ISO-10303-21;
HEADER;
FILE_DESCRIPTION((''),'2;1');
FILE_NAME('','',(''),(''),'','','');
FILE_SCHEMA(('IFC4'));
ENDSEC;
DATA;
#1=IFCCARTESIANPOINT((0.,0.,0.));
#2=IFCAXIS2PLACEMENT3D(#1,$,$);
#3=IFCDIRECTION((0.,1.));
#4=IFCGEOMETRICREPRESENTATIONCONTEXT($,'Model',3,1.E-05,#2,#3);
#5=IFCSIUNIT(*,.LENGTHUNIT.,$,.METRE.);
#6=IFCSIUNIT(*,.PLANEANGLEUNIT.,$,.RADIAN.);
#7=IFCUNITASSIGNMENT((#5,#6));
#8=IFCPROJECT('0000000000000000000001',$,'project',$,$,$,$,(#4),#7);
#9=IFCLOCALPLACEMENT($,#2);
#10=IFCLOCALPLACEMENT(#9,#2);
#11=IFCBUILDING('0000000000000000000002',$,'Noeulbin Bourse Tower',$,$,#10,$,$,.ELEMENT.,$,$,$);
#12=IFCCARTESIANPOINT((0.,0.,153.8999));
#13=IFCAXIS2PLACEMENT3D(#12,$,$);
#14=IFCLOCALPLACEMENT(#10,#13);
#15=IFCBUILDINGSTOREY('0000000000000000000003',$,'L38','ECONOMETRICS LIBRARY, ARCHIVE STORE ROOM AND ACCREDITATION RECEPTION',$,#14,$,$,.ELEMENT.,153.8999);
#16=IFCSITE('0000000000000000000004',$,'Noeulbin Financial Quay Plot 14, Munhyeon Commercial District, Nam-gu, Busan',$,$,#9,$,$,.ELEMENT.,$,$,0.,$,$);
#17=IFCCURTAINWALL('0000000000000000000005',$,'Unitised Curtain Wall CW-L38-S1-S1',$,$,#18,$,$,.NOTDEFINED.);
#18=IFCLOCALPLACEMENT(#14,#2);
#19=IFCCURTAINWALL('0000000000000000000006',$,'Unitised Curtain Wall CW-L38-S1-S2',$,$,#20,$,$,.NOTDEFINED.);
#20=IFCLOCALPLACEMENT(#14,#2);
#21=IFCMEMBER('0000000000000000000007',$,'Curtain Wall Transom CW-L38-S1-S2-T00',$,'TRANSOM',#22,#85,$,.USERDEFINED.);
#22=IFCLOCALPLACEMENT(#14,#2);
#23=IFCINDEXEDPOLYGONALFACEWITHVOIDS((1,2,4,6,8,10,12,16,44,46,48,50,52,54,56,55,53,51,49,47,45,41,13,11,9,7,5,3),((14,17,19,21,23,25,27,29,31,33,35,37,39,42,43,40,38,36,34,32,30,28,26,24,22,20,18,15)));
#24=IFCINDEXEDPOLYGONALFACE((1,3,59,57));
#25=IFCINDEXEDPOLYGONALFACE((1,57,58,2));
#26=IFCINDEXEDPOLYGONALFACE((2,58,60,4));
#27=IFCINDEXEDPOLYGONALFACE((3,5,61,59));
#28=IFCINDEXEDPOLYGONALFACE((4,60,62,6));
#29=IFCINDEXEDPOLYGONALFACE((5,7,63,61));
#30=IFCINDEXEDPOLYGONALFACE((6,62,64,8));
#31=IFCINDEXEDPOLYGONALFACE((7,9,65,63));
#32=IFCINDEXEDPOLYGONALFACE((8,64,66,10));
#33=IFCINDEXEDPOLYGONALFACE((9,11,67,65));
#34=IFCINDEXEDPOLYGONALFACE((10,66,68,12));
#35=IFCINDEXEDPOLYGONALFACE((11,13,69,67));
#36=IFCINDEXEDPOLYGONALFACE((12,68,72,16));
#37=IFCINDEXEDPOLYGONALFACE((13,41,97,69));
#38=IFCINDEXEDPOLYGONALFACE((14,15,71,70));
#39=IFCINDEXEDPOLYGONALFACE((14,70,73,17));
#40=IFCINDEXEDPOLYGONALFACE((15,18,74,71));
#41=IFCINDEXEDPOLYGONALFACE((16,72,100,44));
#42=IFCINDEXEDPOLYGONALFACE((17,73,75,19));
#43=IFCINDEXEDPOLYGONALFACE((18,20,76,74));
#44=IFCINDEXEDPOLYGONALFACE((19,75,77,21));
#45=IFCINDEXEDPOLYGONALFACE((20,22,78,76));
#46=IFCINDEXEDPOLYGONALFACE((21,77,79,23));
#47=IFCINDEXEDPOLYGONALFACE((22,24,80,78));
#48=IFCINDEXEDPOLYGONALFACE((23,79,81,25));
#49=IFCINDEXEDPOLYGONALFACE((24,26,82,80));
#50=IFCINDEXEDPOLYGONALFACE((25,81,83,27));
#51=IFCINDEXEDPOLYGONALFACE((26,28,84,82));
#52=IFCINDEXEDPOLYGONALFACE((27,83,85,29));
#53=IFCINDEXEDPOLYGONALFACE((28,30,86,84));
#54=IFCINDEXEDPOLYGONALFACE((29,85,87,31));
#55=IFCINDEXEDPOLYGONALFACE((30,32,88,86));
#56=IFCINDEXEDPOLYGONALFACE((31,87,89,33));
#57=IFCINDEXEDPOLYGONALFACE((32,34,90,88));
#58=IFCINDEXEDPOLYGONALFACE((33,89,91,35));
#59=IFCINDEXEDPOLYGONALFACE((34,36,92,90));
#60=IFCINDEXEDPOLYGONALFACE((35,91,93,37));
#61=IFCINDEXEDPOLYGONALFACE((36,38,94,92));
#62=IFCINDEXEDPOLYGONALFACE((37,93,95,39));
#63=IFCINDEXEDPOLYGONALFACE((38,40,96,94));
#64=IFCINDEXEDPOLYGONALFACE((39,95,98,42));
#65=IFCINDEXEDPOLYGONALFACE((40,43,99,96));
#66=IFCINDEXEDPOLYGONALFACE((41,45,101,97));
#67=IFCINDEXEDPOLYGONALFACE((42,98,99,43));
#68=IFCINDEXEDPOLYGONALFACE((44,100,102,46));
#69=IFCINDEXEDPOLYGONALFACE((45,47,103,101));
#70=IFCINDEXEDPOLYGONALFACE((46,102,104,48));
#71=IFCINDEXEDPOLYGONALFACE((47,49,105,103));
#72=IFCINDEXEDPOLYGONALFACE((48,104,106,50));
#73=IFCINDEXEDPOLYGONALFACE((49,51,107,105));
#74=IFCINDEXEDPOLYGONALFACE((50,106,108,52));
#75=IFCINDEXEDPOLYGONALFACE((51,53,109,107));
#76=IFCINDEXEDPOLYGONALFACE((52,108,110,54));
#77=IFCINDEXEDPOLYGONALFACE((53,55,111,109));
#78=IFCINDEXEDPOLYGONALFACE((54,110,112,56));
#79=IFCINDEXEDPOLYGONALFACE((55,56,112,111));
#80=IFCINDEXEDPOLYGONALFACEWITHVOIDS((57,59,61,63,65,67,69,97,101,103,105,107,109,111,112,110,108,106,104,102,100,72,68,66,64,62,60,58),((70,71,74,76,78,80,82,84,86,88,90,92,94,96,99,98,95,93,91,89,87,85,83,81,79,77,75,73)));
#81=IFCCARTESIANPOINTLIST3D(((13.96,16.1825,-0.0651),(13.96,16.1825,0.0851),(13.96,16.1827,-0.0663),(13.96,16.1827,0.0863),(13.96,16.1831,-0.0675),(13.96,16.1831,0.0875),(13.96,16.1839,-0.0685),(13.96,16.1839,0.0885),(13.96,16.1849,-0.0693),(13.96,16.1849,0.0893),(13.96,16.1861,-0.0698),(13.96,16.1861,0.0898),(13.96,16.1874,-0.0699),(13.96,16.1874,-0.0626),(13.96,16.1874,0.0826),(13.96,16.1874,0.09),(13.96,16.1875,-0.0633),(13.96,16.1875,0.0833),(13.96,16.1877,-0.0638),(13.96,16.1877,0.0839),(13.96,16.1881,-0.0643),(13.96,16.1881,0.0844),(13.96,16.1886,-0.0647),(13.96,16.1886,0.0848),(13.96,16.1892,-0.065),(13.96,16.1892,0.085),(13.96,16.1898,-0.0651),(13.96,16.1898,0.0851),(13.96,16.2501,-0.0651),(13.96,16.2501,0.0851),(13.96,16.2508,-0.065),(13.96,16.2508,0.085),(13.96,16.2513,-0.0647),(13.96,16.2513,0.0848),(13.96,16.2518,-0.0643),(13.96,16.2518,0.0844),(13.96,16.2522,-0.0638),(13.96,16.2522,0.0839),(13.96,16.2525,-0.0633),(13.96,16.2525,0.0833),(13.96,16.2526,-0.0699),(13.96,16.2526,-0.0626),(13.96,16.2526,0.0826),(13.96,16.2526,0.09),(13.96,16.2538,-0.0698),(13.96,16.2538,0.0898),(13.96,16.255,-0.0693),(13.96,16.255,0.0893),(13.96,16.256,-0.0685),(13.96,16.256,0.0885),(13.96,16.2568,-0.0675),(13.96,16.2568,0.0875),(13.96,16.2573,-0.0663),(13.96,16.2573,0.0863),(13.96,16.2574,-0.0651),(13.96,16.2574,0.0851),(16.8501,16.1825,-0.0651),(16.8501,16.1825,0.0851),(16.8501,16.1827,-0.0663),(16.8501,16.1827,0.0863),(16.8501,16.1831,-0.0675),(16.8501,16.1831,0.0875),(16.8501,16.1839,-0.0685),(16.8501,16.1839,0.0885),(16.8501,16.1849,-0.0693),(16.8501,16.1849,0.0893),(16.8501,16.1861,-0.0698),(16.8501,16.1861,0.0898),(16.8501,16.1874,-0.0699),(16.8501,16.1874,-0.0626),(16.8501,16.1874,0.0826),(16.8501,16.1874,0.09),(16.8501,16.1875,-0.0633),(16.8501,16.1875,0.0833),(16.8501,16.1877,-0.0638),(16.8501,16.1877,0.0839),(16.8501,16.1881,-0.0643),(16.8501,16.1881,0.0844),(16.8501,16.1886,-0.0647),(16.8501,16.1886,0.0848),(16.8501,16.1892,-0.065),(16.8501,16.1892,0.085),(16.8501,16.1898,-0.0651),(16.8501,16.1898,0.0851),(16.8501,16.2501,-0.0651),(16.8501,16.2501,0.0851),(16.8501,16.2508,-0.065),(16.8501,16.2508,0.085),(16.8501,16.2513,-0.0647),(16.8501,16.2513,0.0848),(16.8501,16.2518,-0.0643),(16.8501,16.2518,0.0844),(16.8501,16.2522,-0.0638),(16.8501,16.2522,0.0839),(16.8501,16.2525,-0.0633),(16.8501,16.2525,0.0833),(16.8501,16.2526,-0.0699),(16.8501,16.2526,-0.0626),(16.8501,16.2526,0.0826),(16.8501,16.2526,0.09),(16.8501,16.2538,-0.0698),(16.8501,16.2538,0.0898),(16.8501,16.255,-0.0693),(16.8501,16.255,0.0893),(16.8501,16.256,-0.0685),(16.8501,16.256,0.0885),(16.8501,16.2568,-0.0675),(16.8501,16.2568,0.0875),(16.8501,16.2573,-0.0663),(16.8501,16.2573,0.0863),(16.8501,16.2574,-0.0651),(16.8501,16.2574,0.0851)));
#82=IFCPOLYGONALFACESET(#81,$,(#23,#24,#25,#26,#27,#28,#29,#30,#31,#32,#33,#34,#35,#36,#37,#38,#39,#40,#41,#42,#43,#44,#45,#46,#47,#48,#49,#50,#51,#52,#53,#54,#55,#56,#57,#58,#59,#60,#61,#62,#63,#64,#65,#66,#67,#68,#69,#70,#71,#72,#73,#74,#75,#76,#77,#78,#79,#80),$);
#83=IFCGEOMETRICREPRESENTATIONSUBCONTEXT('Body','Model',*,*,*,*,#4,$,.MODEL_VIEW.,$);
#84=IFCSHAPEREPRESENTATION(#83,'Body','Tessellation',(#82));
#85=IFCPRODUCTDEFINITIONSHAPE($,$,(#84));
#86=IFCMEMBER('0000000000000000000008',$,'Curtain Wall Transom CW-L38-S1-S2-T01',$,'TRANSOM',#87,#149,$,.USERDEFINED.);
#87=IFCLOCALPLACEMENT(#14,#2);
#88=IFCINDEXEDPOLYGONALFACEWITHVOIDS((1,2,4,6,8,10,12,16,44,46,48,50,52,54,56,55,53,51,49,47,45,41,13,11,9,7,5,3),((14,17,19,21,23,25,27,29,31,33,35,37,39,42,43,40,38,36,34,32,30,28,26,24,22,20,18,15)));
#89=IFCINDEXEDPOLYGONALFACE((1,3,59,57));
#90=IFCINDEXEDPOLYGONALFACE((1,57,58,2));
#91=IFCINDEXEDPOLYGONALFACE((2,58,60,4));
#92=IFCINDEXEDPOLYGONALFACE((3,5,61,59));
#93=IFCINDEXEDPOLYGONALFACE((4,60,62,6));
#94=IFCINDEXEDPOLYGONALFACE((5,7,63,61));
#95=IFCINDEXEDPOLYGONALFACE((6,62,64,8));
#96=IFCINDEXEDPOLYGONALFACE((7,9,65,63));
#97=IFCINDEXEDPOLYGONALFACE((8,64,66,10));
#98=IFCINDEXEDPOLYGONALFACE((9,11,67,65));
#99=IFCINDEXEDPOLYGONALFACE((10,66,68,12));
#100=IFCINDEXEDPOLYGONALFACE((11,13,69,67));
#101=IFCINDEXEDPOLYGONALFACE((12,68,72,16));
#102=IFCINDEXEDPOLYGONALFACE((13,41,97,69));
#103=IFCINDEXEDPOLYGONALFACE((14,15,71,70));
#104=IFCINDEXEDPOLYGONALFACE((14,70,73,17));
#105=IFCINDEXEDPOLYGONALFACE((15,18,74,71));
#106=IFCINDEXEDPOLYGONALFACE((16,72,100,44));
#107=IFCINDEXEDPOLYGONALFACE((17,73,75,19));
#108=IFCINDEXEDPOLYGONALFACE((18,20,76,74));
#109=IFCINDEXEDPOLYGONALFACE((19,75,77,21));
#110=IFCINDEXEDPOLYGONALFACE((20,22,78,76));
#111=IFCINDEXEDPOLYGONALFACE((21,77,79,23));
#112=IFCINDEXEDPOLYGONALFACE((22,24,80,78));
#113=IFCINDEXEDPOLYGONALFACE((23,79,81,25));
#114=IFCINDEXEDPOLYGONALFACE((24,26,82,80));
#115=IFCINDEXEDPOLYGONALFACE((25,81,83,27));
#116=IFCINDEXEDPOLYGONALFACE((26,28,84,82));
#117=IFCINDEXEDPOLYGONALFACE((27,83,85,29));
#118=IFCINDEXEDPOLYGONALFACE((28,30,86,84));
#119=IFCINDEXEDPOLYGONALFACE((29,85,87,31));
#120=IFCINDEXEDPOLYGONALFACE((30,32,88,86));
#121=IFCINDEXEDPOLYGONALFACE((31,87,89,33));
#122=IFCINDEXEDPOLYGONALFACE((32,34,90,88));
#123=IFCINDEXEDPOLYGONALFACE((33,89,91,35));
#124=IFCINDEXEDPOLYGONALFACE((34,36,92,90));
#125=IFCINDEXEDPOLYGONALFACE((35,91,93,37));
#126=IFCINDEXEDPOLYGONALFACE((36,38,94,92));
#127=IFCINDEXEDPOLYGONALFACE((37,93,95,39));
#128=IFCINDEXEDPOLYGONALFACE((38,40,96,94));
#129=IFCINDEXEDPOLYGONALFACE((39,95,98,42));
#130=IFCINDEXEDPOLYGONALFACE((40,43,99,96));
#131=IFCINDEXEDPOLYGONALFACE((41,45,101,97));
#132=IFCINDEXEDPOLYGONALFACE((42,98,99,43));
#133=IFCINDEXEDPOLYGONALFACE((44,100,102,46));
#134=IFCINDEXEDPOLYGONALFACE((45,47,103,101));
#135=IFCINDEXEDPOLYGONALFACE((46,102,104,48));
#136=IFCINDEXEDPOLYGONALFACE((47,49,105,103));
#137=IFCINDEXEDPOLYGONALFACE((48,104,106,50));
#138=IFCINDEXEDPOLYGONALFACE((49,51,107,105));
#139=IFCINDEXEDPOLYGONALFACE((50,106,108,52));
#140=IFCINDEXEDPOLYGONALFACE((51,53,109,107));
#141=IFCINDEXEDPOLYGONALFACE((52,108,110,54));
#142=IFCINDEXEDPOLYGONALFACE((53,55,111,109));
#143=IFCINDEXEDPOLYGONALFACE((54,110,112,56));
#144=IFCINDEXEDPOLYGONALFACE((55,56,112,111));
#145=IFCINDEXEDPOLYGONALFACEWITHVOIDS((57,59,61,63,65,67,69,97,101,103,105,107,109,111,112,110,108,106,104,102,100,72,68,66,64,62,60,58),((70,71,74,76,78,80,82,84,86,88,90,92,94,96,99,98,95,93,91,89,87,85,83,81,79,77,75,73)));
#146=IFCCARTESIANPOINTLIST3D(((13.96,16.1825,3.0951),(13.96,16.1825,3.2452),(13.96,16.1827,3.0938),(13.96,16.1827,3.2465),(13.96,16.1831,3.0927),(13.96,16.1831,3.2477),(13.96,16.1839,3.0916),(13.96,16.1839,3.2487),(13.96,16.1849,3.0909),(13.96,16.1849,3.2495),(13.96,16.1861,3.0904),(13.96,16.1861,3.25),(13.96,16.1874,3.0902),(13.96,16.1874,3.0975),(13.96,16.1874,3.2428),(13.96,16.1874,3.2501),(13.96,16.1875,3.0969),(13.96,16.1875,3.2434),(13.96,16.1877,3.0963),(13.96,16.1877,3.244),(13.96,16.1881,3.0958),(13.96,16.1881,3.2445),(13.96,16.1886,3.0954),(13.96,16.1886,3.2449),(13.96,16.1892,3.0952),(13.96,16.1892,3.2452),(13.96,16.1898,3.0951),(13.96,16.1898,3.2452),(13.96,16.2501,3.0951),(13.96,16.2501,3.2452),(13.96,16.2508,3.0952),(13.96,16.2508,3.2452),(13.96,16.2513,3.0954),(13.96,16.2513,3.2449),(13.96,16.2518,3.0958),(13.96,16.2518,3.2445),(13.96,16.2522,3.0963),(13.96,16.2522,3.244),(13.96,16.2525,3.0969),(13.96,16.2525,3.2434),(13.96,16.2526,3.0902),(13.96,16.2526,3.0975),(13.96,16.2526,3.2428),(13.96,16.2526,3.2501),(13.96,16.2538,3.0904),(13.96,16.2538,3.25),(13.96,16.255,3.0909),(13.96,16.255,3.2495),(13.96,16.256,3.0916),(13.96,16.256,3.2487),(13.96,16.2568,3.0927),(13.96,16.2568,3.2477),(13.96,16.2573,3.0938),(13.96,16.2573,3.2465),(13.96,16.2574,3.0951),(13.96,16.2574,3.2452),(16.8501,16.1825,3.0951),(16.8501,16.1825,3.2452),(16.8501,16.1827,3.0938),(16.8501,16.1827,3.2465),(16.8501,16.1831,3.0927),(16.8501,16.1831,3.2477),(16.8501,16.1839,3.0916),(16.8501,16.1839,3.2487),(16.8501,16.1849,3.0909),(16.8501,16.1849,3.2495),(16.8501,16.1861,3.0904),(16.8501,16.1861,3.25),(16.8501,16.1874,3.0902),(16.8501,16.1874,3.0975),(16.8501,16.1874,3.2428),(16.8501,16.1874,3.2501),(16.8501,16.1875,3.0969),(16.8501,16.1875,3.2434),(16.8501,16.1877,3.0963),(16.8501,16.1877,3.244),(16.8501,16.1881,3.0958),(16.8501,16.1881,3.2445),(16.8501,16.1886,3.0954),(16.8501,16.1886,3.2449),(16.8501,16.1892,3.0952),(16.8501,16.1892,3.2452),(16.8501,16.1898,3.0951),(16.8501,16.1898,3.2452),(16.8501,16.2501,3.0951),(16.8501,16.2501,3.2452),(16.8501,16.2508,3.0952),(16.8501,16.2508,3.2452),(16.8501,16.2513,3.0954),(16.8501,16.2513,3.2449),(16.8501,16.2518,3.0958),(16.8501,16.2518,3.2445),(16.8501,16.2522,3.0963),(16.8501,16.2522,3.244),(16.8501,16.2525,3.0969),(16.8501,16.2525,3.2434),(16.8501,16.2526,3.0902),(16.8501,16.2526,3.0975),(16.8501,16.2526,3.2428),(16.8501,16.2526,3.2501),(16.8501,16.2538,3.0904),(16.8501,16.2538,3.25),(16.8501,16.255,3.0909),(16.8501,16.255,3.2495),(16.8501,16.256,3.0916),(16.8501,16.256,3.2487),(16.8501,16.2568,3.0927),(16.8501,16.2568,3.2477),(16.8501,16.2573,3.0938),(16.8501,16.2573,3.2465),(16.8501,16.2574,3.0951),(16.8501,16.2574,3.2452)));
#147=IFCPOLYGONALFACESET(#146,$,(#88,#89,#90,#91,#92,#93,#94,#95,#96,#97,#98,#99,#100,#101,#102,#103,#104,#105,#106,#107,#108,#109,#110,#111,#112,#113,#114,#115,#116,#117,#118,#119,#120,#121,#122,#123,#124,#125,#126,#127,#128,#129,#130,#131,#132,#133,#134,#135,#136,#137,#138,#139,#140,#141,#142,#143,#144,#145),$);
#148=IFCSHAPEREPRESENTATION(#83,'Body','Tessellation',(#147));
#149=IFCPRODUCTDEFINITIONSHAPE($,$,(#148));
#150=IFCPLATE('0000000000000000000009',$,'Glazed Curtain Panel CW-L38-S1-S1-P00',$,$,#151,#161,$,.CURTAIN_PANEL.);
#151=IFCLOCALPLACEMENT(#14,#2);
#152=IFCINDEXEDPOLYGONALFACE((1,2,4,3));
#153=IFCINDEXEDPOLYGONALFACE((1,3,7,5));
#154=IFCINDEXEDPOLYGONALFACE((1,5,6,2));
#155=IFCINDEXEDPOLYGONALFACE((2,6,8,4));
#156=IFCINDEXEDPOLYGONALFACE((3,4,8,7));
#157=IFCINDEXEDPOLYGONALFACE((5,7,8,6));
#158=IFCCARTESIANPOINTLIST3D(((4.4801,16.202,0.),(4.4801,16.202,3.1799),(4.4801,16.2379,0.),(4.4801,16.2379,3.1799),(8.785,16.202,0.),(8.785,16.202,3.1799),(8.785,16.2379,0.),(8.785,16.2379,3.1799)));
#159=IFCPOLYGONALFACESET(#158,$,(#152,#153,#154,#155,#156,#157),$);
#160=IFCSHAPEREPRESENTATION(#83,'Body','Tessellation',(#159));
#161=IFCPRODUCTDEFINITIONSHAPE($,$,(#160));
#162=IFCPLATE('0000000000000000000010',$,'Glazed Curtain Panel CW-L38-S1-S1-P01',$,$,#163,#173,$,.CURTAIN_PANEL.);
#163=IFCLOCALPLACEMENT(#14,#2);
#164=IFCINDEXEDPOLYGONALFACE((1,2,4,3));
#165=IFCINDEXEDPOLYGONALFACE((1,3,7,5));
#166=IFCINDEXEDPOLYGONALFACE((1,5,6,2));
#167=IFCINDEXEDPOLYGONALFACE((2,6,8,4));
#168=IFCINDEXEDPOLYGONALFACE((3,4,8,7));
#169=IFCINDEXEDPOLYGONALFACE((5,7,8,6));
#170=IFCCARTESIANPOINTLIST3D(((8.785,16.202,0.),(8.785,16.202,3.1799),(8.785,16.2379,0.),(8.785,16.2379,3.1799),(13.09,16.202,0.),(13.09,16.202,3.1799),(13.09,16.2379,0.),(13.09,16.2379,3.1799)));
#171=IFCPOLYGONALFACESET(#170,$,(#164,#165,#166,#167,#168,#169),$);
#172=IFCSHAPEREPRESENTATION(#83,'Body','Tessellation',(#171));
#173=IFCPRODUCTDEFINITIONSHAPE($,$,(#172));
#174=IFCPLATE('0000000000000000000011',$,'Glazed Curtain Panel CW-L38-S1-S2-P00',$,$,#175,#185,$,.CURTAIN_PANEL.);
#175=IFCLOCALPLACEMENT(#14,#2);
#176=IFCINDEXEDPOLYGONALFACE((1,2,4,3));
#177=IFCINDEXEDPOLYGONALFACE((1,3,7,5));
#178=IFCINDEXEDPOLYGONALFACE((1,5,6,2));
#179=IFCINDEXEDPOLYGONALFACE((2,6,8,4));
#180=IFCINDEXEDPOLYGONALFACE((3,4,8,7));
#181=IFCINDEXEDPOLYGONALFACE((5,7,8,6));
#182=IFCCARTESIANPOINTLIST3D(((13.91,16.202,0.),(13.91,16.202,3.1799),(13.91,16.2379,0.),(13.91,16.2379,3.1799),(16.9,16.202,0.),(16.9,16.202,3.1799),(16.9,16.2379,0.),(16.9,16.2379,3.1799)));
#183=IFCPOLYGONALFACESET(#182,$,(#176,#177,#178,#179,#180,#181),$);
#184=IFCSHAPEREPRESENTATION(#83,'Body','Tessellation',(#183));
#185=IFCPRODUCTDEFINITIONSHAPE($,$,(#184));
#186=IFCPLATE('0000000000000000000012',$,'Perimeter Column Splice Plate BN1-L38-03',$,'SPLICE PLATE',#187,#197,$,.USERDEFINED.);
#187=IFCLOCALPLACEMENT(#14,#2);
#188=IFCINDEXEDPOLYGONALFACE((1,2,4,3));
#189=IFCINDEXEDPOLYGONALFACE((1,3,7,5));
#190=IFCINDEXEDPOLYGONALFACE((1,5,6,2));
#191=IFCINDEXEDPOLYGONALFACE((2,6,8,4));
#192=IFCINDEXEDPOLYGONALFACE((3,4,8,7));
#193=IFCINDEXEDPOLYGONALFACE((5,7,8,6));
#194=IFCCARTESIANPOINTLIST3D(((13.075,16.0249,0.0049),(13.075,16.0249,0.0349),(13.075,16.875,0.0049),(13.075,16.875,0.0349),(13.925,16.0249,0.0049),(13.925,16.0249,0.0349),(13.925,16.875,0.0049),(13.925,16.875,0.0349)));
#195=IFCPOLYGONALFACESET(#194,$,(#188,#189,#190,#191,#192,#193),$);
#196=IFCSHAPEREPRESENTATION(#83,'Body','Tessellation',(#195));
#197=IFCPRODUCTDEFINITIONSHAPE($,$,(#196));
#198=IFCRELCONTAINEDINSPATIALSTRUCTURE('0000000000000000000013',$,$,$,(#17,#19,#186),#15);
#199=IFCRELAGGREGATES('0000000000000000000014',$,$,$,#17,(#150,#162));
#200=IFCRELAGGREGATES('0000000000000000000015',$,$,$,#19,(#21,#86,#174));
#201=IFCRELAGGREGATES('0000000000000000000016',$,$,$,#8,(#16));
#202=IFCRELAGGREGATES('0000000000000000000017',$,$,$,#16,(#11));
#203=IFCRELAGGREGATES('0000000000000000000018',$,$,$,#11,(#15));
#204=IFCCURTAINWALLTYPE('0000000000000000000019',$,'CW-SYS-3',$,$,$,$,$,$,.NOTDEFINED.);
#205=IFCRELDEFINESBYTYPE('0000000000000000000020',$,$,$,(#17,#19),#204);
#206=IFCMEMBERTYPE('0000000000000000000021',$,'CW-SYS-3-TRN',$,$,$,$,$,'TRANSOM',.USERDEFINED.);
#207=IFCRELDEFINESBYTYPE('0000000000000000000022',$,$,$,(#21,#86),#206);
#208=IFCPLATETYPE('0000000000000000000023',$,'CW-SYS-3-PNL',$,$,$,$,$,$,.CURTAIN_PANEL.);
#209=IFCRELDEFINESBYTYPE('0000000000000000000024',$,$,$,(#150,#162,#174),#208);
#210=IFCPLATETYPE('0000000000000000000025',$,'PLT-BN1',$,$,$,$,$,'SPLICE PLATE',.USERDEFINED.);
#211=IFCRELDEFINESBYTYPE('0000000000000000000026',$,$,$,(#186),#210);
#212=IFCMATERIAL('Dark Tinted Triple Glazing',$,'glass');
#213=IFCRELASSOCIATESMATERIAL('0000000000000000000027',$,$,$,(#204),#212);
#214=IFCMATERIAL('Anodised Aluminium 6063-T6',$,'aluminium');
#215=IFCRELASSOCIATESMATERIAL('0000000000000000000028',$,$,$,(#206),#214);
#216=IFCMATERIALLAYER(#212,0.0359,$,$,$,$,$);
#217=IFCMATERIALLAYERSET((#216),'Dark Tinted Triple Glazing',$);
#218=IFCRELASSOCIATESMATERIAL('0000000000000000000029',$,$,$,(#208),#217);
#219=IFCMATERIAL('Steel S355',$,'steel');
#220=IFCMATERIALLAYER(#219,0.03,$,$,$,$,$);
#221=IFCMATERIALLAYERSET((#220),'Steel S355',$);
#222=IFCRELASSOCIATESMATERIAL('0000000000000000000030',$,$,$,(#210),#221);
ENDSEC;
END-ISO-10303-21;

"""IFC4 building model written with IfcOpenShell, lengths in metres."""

from ifc_helpers import new_model, si_unit, direction, frame, origin, origin_2d, place, context, subcontext, project, spatial, rectangle, hollow_rectangle, extrude, material, layer, layer_set, material_profile, profile_set, type_object, element, aggregate, save


model = new_model("IFC4")

# Units and contexts
model_context = context("Model", 3, precision=1e-05, world=origin(), true_north=direction((0.0, 1.0)))
body_context = subcontext(model_context, "Body", "Model", "MODEL_VIEW")
ifc_project = project(units=[si_unit("LENGTHUNIT", "METRE"), si_unit("PLANEANGLEUNIT", "RADIAN")], contexts=[model_context])

# Site, building, storey
site_placement = place(None, origin())
site = spatial("IfcSite", under=ifc_project, at=site_placement, Name="Noeulbin Financial Quay Plot 14, Munhyeon Commercial District, Nam-gu, Busan", CompositionType="ELEMENT", RefElevation=0.0)
building_placement = place(site_placement, origin())
building = spatial("IfcBuilding", under=site, at=building_placement, Name="Noeulbin Bourse Tower", CompositionType="ELEMENT")
storey_placement = place(building_placement, frame((0.0, 0.0, 153.8999)))
storey = spatial("IfcBuildingStorey", under=building, at=storey_placement, Name="L38", Description="ECONOMETRICS LIBRARY, ARCHIVE STORE ROOM AND ACCREDITATION RECEPTION", CompositionType="ELEMENT", Elevation=153.8999)

# Shared definitions
ifc_material_1 = material(Name="Steel S355", Category="steel")

# Curtain walls
ifc_material_2 = material(Name="Dark Tinted Triple Glazing", Category="glass")
curtain_wall_type = type_object("IfcCurtainWallType", Name="CW-SYS-3", PredefinedType="NOTDEFINED", material=ifc_material_2)
curtain_wall_1_placement = place(storey_placement, origin())
curtain_wall_1 = element("IfcCurtainWall", 1, at=curtain_wall_1_placement, inside=storey, type_object=curtain_wall_type, Name="Unitised Curtain Wall CW-L38-S1-S1", PredefinedType="NOTDEFINED")
ifc_material_3 = material(Name="Anodised Aluminium 6063-T6", Category="aluminium")
curtain_wall_2_placement = place(storey_placement, origin())
curtain_wall_2 = element("IfcCurtainWall", 2, at=curtain_wall_2_placement, inside=storey, type_object=curtain_wall_type, Name="Unitised Curtain Wall CW-L38-S1-S2", PredefinedType="NOTDEFINED")

# Members
ifc_material_profile_1 = material_profile(ifc_material_3, hollow_rectangle(XDim=0.075, YDim=0.1599, WallThickness=0.0049, InnerFilletRadius=0.0024, OuterFilletRadius=0.0049, at=origin_2d()), Name="ALU-TRAN-75x160x5", Category="LoadBearing")
ifc_profile_set_1 = profile_set([ifc_material_profile_1], Name="Anodised Aluminium 6063-T6")
member_type_1 = type_object("IfcMemberType", Name="CW-SYS-3-TRN", ElementType="TRANSOM", PredefinedType="USERDEFINED", material=ifc_profile_set_1)
member_1_placement = place(storey_placement, frame((13.96, 16.22, 0.01), z_axis=(1.0, 0.0, 0.0), x_axis=(0.0, 1.0, 0.0)))
member_1 = element("IfcMember", 3, at=member_1_placement, type_object=member_type_1, Name="Curtain Wall Transom CW-L38-S1-S2-T00", ObjectType="TRANSOM", PredefinedType="USERDEFINED", context=body_context, shape_type="SweptSolid", body=[
    extrude(hollow_rectangle(XDim=0.075, YDim=0.1599, WallThickness=0.0049, InnerFilletRadius=0.0024, OuterFilletRadius=0.0049, at=origin_2d()), origin(), (0.0, 0.0, 1.0), 2.8901),
])
member_2_placement = place(storey_placement, frame((13.96, 16.22, 3.1702), z_axis=(1.0, 0.0, 0.0), x_axis=(0.0, 1.0, 0.0)))
member_2 = element("IfcMember", 4, at=member_2_placement, type_object=member_type_1, Name="Curtain Wall Transom CW-L38-S1-S2-T01", ObjectType="TRANSOM", PredefinedType="USERDEFINED", context=body_context, shape_type="SweptSolid", body=[
    extrude(hollow_rectangle(XDim=0.075, YDim=0.1599, WallThickness=0.0049, InnerFilletRadius=0.0024, OuterFilletRadius=0.0049, at=origin_2d()), origin(), (0.0, 0.0, 1.0), 2.8901),
])

# Plates
ifc_layer_1 = layer(ifc_material_2, 0.0359)
ifc_layer_set_1 = layer_set([ifc_layer_1], Name="Dark Tinted Triple Glazing")
plate_type_1 = type_object("IfcPlateType", Name="CW-SYS-3-PNL", PredefinedType="CURTAIN_PANEL", material=ifc_layer_set_1)
plate_1_placement = place(storey_placement, frame((6.6326, 16.22, 0.0), z_axis=(0.0, 0.0, 1.0), x_axis=(1.0, 0.0, 0.0)))
plate_1 = element("IfcPlate", 5, at=plate_1_placement, type_object=plate_type_1, Name="Glazed Curtain Panel CW-L38-S1-S1-P00", PredefinedType="CURTAIN_PANEL", context=body_context, shape_type="SweptSolid", body=[
    extrude(rectangle(XDim=4.3049, YDim=0.0359, at=origin_2d()), origin(), (0.0, 0.0, 1.0), 3.1799),
])
plate_2_placement = place(storey_placement, frame((10.9375, 16.22, 0.0), z_axis=(0.0, 0.0, 1.0), x_axis=(1.0, 0.0, 0.0)))
plate_2 = element("IfcPlate", 6, at=plate_2_placement, type_object=plate_type_1, Name="Glazed Curtain Panel CW-L38-S1-S1-P01", PredefinedType="CURTAIN_PANEL", context=body_context, shape_type="SweptSolid", body=[
    extrude(rectangle(XDim=4.3049, YDim=0.0359, at=origin_2d()), origin(), (0.0, 0.0, 1.0), 3.1799),
])
aggregate(curtain_wall_1, [plate_1, plate_2])
plate_3_placement = place(storey_placement, frame((15.405, 16.22, 0.0), z_axis=(0.0, 0.0, 1.0), x_axis=(1.0, 0.0, 0.0)))
plate_3 = element("IfcPlate", 7, at=plate_3_placement, type_object=plate_type_1, Name="Glazed Curtain Panel CW-L38-S1-S2-P00", PredefinedType="CURTAIN_PANEL", context=body_context, shape_type="SweptSolid", body=[
    extrude(rectangle(XDim=2.99, YDim=0.0359, at=origin_2d()), origin(), (0.0, 0.0, 1.0), 3.1799),
])
aggregate(curtain_wall_2, [member_1, member_2, plate_3])
ifc_layer_2 = layer(ifc_material_1, 0.03)
ifc_layer_set_2 = layer_set([ifc_layer_2], Name="Steel S355")
plate_type_2 = type_object("IfcPlateType", Name="PLT-BN1", ElementType="SPLICE PLATE", PredefinedType="USERDEFINED", material=ifc_layer_set_2)
plate_4_placement = place(storey_placement, frame((13.5, 16.45, 0.0049), z_axis=(0.0, 0.0, 1.0), x_axis=(1.0, 0.0, 0.0)))
element("IfcPlate", 8, at=plate_4_placement, inside=storey, type_object=plate_type_2, Name="Perimeter Column Splice Plate BN1-L38-03", ObjectType="SPLICE PLATE", PredefinedType="USERDEFINED", context=body_context, shape_type="SweptSolid", body=[
    extrude(rectangle(XDim=0.8501, YDim=0.8501, at=origin_2d()), origin(), (0.0, 0.0, 1.0), 0.03),
])

save(model, "model.ifc")
